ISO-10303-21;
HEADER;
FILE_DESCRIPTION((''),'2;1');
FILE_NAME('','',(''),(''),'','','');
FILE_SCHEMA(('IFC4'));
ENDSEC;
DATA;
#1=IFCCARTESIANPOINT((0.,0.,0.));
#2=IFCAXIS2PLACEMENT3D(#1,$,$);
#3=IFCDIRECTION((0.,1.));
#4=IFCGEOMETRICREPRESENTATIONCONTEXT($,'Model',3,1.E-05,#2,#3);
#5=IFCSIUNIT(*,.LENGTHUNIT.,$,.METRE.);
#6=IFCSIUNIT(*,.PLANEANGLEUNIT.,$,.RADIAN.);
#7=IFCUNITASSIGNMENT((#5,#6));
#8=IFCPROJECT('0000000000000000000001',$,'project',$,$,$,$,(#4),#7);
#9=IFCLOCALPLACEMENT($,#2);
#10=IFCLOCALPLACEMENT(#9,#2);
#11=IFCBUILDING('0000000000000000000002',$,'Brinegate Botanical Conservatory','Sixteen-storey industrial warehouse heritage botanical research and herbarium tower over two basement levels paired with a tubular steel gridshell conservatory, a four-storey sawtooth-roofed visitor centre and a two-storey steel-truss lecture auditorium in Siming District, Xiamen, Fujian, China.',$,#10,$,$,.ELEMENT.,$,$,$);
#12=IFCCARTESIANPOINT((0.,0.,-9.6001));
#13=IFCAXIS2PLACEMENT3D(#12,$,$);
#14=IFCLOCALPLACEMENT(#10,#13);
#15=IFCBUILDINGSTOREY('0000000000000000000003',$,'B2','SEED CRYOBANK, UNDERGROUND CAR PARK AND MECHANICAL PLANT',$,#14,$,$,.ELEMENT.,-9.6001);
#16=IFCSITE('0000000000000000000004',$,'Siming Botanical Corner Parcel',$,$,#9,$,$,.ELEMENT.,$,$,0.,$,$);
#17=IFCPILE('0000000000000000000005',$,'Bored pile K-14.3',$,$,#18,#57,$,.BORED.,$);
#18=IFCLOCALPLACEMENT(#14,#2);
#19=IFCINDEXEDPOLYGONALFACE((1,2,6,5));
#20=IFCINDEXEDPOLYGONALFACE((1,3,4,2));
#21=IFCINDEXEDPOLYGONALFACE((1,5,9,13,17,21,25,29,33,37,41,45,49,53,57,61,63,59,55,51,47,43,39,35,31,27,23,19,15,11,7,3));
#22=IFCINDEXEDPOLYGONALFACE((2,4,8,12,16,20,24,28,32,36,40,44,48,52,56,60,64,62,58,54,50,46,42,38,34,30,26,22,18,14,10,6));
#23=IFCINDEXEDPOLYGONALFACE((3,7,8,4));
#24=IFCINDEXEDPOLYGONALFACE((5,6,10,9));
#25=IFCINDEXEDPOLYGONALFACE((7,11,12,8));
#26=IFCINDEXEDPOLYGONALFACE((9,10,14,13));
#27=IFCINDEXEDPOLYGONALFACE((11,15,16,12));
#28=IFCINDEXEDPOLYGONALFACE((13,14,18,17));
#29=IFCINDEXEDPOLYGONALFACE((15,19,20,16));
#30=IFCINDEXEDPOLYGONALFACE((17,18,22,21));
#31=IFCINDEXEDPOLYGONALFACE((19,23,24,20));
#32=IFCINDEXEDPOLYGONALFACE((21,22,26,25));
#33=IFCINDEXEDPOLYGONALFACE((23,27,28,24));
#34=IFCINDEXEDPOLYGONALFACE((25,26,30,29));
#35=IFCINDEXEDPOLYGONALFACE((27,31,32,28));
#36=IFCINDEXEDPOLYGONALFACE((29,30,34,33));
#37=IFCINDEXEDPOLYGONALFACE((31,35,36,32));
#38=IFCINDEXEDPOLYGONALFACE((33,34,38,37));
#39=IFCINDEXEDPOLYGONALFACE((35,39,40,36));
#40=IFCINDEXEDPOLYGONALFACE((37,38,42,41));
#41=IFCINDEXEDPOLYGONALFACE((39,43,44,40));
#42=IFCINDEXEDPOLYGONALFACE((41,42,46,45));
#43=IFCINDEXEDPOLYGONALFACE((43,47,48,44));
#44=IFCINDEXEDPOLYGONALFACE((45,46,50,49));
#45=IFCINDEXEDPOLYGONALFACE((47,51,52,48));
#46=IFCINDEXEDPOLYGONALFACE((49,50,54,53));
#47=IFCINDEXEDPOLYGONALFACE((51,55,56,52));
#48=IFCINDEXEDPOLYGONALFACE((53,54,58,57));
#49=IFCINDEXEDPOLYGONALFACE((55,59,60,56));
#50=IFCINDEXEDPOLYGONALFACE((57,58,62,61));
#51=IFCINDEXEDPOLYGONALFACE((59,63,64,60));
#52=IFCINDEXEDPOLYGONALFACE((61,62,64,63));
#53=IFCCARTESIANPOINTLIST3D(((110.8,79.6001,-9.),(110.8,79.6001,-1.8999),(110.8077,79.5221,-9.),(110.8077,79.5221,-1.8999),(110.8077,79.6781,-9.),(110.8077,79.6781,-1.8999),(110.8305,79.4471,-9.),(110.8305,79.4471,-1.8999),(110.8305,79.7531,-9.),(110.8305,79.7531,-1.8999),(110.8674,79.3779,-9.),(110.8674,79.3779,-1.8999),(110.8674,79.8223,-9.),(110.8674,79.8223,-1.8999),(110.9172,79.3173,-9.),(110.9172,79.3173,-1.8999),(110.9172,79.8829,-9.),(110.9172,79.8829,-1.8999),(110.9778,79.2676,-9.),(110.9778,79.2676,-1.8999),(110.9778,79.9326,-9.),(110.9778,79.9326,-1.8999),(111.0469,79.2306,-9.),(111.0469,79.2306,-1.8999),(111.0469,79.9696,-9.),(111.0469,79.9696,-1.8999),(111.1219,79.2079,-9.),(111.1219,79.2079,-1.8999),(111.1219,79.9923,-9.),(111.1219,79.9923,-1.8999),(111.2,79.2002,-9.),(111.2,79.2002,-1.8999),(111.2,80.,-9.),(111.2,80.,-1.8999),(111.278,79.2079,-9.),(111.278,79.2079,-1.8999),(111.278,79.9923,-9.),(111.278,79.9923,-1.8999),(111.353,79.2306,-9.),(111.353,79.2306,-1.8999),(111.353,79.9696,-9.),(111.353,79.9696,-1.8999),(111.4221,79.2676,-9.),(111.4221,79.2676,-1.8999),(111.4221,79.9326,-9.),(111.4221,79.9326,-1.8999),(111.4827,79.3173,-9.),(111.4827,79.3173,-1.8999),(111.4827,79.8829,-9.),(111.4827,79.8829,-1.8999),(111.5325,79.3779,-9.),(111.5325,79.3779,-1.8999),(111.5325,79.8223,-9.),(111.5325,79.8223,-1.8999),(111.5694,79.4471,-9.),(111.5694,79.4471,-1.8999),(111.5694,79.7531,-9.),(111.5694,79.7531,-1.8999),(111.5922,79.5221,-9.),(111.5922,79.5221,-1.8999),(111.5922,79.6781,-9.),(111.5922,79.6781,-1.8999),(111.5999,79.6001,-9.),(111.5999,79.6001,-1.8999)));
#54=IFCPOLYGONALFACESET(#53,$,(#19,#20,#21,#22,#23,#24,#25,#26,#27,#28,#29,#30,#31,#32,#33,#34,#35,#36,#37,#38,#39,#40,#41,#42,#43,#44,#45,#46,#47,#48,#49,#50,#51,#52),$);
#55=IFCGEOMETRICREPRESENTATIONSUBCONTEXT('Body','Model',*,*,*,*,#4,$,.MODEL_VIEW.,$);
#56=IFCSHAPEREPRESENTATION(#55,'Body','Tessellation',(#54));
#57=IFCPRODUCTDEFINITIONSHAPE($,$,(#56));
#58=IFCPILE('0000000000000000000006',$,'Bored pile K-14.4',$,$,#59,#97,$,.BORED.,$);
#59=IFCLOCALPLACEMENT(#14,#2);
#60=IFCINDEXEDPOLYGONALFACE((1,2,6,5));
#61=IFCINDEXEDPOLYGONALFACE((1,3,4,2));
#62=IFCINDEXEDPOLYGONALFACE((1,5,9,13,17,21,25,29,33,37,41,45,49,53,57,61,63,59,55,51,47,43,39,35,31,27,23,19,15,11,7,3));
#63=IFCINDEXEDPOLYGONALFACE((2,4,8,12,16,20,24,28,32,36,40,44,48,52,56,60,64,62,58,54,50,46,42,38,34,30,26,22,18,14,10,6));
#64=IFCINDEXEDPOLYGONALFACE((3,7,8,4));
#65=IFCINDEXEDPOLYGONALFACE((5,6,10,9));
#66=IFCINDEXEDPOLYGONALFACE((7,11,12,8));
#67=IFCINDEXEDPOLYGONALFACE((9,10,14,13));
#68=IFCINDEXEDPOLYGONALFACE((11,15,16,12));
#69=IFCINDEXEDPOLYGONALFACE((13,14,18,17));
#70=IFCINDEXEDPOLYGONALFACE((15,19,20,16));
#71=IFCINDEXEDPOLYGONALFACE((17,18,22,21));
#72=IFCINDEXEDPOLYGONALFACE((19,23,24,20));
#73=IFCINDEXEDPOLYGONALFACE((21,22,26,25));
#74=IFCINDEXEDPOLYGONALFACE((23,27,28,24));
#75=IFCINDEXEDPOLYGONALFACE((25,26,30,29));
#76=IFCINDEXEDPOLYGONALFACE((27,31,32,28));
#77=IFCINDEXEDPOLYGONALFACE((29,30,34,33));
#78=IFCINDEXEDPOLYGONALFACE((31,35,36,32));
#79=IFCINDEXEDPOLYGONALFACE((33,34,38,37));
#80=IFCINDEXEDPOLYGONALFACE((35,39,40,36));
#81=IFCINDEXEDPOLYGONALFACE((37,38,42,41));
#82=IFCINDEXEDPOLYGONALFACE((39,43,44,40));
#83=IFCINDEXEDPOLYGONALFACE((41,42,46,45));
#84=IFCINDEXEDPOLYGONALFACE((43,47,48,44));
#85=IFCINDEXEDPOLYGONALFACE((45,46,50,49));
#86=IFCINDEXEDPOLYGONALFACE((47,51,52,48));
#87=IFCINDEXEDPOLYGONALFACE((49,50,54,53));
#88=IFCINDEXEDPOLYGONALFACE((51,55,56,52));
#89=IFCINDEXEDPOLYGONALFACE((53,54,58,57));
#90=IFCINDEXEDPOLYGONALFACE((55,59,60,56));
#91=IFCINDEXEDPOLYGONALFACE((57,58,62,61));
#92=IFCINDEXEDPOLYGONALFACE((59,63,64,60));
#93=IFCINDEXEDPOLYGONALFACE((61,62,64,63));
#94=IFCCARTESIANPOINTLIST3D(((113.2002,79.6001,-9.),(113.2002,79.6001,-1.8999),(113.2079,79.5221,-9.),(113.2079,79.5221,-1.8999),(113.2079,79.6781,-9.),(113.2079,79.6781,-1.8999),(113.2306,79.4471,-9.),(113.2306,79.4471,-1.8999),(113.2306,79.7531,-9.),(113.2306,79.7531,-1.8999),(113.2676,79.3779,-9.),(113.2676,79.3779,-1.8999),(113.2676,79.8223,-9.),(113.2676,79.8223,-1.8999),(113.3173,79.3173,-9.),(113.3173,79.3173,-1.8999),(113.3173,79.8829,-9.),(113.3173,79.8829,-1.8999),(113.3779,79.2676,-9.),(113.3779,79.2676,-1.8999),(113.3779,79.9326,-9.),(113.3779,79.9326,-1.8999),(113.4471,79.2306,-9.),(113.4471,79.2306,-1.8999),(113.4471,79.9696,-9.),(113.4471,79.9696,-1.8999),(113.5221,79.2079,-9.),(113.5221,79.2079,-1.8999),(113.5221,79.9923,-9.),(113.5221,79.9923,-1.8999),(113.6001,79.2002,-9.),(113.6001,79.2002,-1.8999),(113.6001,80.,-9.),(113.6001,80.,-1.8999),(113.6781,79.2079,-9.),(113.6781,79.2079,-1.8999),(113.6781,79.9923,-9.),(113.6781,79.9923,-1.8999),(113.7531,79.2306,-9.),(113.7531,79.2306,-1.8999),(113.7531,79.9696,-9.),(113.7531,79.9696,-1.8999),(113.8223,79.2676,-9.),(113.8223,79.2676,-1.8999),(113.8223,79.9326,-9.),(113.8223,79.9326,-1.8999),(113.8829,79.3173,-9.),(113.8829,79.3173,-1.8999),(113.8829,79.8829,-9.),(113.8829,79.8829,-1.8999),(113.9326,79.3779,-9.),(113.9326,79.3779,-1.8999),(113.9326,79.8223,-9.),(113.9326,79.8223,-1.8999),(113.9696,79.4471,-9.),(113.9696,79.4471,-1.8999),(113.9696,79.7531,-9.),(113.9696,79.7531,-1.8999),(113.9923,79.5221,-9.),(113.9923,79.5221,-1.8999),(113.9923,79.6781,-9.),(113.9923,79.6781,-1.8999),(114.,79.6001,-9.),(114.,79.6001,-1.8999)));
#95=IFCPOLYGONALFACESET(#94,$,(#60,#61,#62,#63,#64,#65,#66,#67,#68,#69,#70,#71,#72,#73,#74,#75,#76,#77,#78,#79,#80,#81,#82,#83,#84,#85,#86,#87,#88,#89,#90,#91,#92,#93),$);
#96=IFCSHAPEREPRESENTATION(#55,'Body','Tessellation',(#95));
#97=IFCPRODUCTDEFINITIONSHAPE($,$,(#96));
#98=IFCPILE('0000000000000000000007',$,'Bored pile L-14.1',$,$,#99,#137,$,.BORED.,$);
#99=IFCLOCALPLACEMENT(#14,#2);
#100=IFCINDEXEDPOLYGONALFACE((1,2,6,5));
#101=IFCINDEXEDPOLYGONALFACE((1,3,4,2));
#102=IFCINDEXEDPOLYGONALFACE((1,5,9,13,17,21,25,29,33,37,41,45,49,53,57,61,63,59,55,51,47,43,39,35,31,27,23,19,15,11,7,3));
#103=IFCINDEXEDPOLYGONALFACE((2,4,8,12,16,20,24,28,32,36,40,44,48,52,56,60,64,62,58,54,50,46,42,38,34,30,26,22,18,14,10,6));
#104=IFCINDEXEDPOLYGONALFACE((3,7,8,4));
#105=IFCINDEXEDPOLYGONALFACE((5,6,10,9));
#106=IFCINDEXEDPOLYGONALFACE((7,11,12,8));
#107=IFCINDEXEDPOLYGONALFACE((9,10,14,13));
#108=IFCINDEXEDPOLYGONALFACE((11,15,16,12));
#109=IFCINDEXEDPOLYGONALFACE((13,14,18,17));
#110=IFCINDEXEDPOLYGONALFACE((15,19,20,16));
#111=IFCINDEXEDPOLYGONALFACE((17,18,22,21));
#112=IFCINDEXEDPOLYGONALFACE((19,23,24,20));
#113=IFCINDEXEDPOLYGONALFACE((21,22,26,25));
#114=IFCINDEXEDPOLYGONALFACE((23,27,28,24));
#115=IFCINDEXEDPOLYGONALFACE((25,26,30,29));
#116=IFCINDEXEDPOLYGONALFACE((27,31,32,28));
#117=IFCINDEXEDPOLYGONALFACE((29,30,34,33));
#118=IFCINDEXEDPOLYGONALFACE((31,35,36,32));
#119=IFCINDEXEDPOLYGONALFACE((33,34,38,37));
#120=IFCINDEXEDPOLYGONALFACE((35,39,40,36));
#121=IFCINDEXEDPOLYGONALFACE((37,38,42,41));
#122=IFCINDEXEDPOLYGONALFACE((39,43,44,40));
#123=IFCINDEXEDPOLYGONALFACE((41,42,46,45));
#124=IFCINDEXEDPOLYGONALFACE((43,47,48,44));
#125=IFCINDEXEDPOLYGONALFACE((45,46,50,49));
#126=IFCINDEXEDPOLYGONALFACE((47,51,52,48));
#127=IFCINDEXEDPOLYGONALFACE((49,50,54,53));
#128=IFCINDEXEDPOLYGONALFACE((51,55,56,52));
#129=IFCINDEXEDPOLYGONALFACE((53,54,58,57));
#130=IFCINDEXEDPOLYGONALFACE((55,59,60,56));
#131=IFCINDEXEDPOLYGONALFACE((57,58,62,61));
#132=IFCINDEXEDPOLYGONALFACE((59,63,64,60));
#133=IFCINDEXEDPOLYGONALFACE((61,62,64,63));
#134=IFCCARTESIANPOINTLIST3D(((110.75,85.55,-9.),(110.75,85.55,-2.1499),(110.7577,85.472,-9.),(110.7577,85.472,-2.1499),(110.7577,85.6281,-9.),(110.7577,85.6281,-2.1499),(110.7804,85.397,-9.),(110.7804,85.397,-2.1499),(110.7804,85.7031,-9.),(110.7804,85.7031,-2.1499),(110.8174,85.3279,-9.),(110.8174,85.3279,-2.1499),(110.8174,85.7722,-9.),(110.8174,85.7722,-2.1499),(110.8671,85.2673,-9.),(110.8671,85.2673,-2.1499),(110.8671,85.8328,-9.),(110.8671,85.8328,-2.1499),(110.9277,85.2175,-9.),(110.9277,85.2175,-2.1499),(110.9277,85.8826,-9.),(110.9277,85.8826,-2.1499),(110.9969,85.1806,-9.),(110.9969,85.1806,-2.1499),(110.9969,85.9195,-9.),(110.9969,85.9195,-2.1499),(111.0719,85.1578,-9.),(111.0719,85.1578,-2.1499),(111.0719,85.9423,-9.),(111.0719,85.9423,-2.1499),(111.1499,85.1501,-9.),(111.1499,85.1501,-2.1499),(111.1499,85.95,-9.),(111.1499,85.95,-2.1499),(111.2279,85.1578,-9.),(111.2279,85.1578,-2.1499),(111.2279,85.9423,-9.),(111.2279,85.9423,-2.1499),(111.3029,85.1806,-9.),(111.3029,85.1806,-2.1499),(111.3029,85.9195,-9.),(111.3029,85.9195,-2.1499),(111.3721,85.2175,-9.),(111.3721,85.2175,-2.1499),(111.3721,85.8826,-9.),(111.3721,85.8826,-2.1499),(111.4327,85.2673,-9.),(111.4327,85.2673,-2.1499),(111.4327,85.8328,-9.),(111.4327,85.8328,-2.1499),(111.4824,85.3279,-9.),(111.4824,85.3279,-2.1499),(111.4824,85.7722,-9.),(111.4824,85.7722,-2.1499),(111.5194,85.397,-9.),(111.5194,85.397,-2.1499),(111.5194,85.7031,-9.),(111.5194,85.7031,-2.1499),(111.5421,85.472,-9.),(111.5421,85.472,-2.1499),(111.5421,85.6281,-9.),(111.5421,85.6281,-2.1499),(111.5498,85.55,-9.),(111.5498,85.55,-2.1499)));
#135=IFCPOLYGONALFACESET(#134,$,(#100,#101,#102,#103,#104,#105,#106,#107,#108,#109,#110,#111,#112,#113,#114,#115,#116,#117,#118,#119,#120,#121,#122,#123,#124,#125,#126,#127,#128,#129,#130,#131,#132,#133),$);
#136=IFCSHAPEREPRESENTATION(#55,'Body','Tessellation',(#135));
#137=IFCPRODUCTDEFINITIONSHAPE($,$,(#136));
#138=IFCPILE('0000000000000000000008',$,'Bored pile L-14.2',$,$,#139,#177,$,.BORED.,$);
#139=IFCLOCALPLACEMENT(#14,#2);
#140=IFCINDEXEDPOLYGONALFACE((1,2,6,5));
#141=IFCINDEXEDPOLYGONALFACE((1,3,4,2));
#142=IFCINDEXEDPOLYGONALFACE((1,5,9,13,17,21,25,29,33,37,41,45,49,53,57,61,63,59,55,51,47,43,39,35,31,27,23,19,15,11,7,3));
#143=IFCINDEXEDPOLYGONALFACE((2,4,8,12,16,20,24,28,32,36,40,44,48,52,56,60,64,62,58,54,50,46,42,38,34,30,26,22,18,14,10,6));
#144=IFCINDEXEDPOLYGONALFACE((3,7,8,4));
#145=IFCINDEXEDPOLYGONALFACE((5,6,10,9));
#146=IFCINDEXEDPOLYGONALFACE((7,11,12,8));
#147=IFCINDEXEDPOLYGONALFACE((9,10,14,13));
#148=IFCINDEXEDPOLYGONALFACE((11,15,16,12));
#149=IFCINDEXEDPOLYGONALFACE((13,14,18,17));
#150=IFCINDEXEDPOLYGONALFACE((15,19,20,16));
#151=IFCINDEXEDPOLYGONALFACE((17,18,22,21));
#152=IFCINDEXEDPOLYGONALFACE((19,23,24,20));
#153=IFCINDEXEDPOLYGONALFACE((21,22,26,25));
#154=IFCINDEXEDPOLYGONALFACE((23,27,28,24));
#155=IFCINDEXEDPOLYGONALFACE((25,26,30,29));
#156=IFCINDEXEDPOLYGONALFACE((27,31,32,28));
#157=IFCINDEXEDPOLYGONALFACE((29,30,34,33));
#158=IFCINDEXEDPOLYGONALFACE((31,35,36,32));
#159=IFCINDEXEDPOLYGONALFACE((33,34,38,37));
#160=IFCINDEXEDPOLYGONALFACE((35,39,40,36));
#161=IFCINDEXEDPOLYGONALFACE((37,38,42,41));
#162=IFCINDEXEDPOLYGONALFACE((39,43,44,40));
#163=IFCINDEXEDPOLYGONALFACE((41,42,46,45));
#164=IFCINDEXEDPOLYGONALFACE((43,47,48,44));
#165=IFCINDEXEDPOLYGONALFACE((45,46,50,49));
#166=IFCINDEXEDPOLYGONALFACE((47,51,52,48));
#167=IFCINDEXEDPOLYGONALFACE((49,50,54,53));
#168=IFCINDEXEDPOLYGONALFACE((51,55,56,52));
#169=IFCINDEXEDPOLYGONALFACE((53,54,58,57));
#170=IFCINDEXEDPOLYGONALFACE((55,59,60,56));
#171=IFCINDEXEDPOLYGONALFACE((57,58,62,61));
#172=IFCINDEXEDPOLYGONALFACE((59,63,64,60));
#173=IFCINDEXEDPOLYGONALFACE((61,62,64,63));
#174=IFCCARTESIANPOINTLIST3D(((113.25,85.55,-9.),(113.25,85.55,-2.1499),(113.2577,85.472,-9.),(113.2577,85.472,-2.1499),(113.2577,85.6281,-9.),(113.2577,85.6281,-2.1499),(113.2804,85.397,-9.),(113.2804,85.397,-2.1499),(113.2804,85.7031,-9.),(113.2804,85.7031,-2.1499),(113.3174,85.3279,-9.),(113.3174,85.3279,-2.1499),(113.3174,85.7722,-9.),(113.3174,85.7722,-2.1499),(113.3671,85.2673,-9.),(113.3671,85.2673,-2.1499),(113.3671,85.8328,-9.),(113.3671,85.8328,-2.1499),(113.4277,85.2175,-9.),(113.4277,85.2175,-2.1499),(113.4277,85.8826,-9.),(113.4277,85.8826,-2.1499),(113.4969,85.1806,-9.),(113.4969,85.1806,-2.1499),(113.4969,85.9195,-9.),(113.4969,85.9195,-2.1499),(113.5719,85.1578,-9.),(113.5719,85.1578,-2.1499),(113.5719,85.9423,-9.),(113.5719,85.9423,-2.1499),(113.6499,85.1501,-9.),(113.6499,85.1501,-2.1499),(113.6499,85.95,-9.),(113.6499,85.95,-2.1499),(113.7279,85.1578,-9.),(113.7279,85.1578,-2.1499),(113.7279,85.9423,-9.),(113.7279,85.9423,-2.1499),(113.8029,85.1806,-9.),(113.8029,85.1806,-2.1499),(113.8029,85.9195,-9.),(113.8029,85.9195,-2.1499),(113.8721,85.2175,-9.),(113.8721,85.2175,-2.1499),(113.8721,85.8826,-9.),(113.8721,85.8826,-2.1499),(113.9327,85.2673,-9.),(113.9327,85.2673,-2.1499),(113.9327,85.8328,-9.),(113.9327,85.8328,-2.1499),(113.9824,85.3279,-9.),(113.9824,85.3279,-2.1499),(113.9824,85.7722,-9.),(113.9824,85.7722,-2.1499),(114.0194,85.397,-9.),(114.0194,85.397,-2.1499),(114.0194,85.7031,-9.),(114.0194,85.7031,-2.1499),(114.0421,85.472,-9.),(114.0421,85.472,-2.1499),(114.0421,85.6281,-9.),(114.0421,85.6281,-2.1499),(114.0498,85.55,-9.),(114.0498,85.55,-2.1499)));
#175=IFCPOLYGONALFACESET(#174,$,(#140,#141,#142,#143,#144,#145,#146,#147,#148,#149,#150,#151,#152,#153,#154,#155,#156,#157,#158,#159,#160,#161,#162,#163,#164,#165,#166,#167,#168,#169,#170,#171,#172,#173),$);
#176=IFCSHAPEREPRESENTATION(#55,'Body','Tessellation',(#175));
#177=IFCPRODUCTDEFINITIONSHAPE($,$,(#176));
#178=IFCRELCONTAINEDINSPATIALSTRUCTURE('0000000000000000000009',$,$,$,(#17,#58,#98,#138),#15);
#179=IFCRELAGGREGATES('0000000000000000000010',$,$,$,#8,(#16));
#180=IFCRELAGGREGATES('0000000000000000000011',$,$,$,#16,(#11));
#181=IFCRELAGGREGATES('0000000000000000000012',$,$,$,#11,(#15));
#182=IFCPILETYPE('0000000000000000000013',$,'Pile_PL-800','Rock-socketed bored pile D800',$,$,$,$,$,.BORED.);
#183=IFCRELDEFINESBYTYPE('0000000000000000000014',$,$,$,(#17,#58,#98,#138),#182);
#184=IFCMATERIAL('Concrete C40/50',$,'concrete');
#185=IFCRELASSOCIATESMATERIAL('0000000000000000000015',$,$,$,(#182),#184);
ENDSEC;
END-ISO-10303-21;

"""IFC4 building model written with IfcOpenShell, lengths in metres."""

from ifc_helpers import new_model, si_unit, direction, frame, origin, origin_2d, place, context, subcontext, project, spatial, circle, extrude, material, material_profile, profile_set, type_object, element, save


model = new_model("IFC4")

# Units and contexts
model_context = context("Model", 3, precision=1e-05, world=origin(), true_north=direction((0.0, 1.0)))
body_context = subcontext(model_context, "Body", "Model", "MODEL_VIEW")
ifc_project = project(units=[si_unit("LENGTHUNIT", "METRE"), si_unit("PLANEANGLEUNIT", "RADIAN")], contexts=[model_context])

# Site, building, storey
site_placement = place(None, origin())
site = spatial("IfcSite", under=ifc_project, at=site_placement, Name="Siming Botanical Corner Parcel", CompositionType="ELEMENT", RefElevation=0.0)
building_placement = place(site_placement, origin())
building = spatial("IfcBuilding", under=site, at=building_placement, Name="Brinegate Botanical Conservatory", Description="Sixteen-storey industrial warehouse heritage botanical research and herbarium tower over two basement levels paired with a tubular steel gridshell conservatory, a four-storey sawtooth-roofed visitor centre and a two-storey steel-truss lecture auditorium in Siming District, Xiamen, Fujian, China.", CompositionType="ELEMENT")
storey_placement = place(building_placement, frame((0.0, 0.0, -9.6001)))
storey = spatial("IfcBuildingStorey", under=building, at=storey_placement, Name="B2", Description="SEED CRYOBANK, UNDERGROUND CAR PARK AND MECHANICAL PLANT", CompositionType="ELEMENT", Elevation=-9.6001)

# Shared definitions
ifc_material = material(Name="Concrete C40/50", Category="concrete")

# Piles
ifc_material_profile_1 = material_profile(ifc_material, circle(Radius=0.3999, at=origin_2d()), Name="PILE D800")
ifc_profile_set_1 = profile_set([ifc_material_profile_1], Name="Concrete C40/50")
pile_type_1 = type_object("IfcPileType", Name="Pile_PL-800", Description="Rock-socketed bored pile D800", PredefinedType="BORED", material=ifc_profile_set_1)
for number, where, z_axis, x_axis, name in (
    (1, (111.2, 79.6001, -1.8999), (0.0, 0.0, -1.0), (1.0, 0.0, 0.0), "Bored pile K-14.3"),
    (2, (113.6001, 79.6001, -1.8999), (0.0, 0.0, -1.0), (1.0, 0.0, 0.0), "Bored pile K-14.4"),
):
    element("IfcPile", number, at=place(storey_placement, frame(where, z_axis=z_axis, x_axis=x_axis)), inside=storey, type_object=pile_type_1, Name=name, PredefinedType="BORED", context=body_context, shape_type="SweptSolid", body=[
        extrude(circle(Radius=0.3999, at=origin_2d()), origin(), (0.0, 0.0, 1.0), 7.1001),
    ])
for number, where, z_axis, x_axis, name in (
    (3, (111.1499, 85.55, -2.1499), (0.0, 0.0, -1.0), (1.0, 0.0, 0.0), "Bored pile L-14.1"),
    (4, (113.6499, 85.55, -2.1499), (0.0, 0.0, -1.0), (1.0, 0.0, 0.0), "Bored pile L-14.2"),
):
    element("IfcPile", number, at=place(storey_placement, frame(where, z_axis=z_axis, x_axis=x_axis)), inside=storey, type_object=pile_type_1, Name=name, PredefinedType="BORED", context=body_context, shape_type="SweptSolid", body=[
        extrude(circle(Radius=0.3999, at=origin_2d()), origin(), (0.0, 0.0, 1.0), 6.8501),
    ])

save(model, "model.ifc")
